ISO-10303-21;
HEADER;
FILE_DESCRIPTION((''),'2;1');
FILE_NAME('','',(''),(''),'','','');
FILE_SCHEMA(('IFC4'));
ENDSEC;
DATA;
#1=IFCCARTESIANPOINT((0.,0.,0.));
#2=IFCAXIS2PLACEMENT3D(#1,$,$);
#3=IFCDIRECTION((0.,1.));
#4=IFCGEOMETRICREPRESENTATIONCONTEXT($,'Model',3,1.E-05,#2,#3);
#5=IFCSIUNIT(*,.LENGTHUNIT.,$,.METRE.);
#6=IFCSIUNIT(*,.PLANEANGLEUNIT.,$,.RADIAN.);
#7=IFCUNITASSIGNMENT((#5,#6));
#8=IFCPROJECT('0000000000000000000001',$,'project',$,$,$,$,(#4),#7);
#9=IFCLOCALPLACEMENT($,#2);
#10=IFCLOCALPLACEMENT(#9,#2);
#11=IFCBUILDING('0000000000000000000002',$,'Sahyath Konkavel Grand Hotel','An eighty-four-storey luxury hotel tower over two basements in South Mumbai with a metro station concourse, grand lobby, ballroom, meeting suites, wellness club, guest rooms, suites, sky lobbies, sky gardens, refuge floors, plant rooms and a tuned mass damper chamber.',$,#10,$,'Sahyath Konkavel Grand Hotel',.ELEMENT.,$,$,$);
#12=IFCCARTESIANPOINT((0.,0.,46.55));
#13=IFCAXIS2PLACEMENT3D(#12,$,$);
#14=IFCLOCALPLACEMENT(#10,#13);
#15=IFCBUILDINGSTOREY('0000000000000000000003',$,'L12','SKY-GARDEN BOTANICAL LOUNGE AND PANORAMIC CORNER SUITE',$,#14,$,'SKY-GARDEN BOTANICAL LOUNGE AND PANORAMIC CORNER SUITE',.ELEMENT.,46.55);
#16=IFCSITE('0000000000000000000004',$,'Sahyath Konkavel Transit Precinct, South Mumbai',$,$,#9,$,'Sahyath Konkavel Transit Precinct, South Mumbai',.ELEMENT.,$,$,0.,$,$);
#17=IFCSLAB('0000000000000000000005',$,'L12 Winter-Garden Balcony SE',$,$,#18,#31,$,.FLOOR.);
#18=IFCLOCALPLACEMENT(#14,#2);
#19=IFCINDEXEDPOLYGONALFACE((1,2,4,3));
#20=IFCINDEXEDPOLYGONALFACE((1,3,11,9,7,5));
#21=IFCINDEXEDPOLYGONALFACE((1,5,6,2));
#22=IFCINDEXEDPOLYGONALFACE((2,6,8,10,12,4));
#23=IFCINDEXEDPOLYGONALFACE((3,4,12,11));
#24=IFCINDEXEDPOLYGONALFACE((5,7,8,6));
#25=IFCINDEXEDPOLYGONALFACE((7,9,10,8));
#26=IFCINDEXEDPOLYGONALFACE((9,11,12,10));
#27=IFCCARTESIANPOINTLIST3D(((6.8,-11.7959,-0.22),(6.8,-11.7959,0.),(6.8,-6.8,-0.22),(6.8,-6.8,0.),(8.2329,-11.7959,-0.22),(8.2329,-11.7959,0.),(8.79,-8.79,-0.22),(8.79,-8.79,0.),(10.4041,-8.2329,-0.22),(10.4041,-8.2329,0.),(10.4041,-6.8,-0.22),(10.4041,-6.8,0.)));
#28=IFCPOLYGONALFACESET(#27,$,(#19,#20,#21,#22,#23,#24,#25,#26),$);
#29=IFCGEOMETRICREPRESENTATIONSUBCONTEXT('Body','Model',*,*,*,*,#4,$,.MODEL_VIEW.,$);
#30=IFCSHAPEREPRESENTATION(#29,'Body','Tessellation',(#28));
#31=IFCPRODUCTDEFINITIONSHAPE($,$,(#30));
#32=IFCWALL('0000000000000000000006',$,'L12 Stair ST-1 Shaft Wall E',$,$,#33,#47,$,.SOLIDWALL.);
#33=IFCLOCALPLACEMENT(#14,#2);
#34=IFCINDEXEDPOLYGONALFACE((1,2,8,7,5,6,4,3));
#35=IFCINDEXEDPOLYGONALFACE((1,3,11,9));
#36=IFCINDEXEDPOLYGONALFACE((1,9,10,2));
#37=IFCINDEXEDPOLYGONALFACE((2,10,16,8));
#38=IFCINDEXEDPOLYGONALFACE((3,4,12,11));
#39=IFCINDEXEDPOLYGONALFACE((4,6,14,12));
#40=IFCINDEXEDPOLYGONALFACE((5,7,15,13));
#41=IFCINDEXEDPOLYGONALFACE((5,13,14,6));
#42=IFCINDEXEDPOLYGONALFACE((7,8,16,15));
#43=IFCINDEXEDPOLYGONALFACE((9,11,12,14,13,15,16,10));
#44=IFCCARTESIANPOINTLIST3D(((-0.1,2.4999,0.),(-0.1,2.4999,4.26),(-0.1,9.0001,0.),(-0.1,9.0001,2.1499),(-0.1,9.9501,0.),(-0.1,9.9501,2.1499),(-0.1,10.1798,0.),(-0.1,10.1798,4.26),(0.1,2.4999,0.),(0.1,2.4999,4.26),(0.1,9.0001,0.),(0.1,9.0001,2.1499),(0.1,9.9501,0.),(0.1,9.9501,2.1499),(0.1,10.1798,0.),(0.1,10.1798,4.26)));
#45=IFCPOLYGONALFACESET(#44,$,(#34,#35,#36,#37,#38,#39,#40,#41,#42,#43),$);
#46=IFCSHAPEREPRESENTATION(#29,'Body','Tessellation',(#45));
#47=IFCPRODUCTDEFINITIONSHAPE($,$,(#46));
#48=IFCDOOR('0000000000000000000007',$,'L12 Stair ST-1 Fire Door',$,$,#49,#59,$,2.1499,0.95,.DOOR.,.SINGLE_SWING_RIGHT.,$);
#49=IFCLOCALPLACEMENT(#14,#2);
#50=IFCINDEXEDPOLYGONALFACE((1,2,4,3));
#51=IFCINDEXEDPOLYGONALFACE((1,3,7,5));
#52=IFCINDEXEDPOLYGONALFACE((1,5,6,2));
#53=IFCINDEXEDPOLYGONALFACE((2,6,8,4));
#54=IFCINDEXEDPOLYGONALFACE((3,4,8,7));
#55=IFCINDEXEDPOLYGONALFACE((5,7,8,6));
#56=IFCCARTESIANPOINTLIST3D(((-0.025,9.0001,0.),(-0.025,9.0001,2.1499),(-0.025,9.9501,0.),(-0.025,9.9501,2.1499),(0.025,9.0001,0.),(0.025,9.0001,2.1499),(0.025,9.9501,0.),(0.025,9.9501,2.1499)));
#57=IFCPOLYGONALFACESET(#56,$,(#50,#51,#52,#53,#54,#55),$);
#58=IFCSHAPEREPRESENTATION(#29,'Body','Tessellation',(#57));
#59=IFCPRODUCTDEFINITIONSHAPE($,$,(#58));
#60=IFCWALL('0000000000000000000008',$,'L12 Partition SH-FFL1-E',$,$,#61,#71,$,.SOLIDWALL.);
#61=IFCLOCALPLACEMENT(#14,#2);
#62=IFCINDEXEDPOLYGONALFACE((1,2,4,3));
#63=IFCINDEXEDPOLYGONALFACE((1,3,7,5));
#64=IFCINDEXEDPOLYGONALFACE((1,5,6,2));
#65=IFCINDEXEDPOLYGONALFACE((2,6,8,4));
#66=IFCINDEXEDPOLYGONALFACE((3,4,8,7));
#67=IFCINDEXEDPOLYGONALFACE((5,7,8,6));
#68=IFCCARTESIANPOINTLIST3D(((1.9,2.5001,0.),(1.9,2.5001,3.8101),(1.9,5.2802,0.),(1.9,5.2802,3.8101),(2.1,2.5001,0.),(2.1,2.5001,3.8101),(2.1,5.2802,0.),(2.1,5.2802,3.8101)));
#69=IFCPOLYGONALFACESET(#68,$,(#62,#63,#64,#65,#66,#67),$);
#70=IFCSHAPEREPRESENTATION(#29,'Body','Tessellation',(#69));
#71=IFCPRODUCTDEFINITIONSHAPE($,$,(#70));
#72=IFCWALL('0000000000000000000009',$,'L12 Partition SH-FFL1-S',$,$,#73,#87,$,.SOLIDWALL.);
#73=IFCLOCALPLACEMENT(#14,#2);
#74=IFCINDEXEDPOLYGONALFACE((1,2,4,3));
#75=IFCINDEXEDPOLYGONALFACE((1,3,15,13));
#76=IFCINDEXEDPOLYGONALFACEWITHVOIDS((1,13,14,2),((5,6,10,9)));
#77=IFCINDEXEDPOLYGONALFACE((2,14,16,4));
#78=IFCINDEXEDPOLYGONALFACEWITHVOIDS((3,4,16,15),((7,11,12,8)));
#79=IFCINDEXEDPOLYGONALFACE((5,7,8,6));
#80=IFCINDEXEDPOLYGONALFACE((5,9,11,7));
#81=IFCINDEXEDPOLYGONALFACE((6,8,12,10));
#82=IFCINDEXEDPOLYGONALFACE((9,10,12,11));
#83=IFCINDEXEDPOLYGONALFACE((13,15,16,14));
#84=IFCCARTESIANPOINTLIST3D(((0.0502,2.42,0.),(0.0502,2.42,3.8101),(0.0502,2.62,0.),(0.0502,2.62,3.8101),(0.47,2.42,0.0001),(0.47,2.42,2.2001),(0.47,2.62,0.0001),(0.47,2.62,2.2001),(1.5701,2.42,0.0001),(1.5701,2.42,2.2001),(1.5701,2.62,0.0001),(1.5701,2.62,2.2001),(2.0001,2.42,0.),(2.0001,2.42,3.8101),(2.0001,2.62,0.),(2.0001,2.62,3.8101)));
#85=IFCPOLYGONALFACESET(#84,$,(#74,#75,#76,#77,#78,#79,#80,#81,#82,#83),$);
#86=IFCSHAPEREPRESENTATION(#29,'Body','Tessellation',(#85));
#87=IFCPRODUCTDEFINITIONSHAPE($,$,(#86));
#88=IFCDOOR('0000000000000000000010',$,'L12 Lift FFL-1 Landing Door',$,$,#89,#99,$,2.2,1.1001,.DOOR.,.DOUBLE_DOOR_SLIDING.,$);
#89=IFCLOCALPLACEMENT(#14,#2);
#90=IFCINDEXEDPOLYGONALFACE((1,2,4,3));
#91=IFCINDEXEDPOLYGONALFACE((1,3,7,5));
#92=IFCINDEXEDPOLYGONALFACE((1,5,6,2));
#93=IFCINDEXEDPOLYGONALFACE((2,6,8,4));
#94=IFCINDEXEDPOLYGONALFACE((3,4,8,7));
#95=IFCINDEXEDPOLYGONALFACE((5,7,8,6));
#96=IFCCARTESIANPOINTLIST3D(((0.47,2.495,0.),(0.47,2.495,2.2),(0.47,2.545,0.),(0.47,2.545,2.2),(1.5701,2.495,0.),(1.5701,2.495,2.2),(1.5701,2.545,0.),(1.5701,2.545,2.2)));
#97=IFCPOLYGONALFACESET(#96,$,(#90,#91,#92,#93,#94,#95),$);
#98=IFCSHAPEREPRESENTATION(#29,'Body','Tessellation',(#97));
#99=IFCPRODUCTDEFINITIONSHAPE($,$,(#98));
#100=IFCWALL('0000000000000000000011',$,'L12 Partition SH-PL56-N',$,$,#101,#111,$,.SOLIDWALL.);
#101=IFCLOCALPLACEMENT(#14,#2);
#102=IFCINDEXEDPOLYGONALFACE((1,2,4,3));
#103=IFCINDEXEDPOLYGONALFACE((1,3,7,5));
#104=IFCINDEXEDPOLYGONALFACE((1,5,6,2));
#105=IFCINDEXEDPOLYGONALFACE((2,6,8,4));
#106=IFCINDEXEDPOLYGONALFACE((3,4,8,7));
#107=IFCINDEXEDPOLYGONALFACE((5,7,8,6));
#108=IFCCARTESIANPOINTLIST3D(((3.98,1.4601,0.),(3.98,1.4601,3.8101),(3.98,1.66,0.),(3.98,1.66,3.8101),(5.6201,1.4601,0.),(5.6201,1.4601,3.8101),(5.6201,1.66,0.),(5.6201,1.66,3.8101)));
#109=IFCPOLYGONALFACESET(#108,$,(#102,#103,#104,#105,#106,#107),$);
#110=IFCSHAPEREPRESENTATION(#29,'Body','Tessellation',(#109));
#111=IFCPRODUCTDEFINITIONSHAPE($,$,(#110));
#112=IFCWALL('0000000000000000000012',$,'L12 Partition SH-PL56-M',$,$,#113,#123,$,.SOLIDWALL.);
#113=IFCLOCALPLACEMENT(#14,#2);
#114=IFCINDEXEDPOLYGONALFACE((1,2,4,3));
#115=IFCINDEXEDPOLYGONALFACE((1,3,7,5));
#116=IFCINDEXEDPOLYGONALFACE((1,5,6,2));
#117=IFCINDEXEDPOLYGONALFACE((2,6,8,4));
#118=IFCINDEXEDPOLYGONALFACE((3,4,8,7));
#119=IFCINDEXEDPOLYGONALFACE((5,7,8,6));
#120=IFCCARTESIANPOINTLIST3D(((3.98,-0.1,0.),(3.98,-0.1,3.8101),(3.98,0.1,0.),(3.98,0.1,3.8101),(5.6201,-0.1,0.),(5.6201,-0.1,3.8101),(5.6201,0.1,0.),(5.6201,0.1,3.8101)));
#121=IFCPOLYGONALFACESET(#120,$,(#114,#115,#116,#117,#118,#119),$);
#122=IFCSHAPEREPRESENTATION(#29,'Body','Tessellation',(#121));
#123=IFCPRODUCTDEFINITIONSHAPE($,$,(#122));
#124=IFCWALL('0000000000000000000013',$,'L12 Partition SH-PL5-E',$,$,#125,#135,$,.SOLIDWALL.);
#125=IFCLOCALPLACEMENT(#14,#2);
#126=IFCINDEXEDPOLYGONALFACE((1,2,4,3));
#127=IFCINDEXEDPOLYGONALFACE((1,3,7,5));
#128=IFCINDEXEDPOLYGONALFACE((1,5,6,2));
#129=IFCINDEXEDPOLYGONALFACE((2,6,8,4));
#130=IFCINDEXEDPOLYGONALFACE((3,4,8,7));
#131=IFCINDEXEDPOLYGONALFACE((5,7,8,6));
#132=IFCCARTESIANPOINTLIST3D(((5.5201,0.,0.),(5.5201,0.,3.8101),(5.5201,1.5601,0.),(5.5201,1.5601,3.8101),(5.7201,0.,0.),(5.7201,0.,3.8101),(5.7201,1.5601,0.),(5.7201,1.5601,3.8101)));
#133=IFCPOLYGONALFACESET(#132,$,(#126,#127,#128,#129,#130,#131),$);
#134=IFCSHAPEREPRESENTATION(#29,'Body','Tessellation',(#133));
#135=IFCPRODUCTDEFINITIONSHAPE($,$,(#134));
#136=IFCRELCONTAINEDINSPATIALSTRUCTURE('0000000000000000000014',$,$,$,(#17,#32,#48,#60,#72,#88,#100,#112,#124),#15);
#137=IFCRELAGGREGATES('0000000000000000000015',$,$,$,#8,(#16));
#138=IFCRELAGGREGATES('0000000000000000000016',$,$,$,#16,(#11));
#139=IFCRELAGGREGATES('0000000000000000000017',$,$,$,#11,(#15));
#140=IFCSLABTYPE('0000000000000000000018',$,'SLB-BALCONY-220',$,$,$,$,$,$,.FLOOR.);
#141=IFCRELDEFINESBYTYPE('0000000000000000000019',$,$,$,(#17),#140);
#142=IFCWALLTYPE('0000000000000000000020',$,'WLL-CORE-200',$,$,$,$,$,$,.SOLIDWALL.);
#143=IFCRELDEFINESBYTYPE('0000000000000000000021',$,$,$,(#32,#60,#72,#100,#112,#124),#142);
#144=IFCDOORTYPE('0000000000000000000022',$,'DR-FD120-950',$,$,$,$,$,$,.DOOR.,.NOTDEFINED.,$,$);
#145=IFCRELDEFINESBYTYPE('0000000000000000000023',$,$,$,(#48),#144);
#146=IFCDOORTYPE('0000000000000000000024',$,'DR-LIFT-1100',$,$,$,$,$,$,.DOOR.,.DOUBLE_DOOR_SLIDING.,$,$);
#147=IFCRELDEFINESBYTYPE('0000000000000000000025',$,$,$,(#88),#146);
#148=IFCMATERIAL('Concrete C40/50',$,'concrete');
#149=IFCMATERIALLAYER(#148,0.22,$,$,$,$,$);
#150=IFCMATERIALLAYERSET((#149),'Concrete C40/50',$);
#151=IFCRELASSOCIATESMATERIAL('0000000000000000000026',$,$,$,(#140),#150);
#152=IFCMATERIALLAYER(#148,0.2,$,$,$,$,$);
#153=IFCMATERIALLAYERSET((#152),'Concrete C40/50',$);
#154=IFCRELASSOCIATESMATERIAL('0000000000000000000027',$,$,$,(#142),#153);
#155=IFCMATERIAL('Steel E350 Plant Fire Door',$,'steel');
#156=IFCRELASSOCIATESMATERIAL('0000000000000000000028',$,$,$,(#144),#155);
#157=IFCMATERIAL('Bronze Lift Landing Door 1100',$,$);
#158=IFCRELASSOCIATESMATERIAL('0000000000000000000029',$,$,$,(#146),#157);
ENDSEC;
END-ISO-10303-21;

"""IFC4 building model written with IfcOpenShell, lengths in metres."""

from ifc_helpers import new_model, si_unit, direction, frame, frame_2d, origin, origin_2d, place, context, subcontext, project, spatial, polyline, rectangle, outline, extrude, source, transform, mapped, material, layer, layer_set, type_object, element, fill, save


model = new_model("IFC4")

# Units and contexts
model_context = context("Model", 3, precision=1e-05, world=origin(), true_north=direction((0.0, 1.0)))
body_context = subcontext(model_context, "Body", "Model", "MODEL_VIEW")
ifc_project = project(units=[si_unit("LENGTHUNIT", "METRE"), si_unit("PLANEANGLEUNIT", "RADIAN")], contexts=[model_context])

# Site, building, storey
site_placement = place(None, origin())
site = spatial("IfcSite", under=ifc_project, at=site_placement, Name="Sahyath Konkavel Transit Precinct, South Mumbai", LongName="Sahyath Konkavel Transit Precinct, South Mumbai", CompositionType="ELEMENT", RefElevation=0.0)
building_placement = place(site_placement, origin())
building = spatial("IfcBuilding", under=site, at=building_placement, Name="Sahyath Konkavel Grand Hotel", Description="An eighty-four-storey luxury hotel tower over two basements in South Mumbai with a metro station concourse, grand lobby, ballroom, meeting suites, wellness club, guest rooms, suites, sky lobbies, sky gardens, refuge floors, plant rooms and a tuned mass damper chamber.", LongName="Sahyath Konkavel Grand Hotel", CompositionType="ELEMENT")
storey_placement = place(building_placement, frame((0.0, 0.0, 46.55)))
storey = spatial("IfcBuildingStorey", under=building, at=storey_placement, Name="L12", Description="SKY-GARDEN BOTANICAL LOUNGE AND PANORAMIC CORNER SUITE", LongName="SKY-GARDEN BOTANICAL LOUNGE AND PANORAMIC CORNER SUITE", CompositionType="ELEMENT", Elevation=46.55)

# Slab
ifc_material_1 = material(Name="Concrete C40/50", Category="concrete")
ifc_layer_1 = layer(ifc_material_1, 0.22)
ifc_layer_set_1 = layer_set([ifc_layer_1], Name="Concrete C40/50")
slab_type = type_object("IfcSlabType", Name="SLB-BALCONY-220", PredefinedType="FLOOR", material=ifc_layer_set_1)
slab_placement = place(storey_placement, frame((0.0, 0.0, -0.22)))
element("IfcSlab", 1, at=slab_placement, inside=storey, type_object=slab_type, Name="L12 Winter-Garden Balcony SE", PredefinedType="FLOOR", context=body_context, shape_type="SweptSolid", body=[
    extrude(outline(polyline([(6.8, -6.8), (6.8, -11.7959), (8.2329, -11.7959), (8.79, -8.79), (10.4041, -8.2329), (10.4041, -6.8), (6.8, -6.8)])), origin(), (0.0, 0.0, 1.0), 0.22),
])

# Wall, opening, door
ifc_layer_2 = layer(ifc_material_1, 0.2)
ifc_layer_set_2 = layer_set([ifc_layer_2], Name="Concrete C40/50")
wall_type = type_object("IfcWallType", Name="WLL-CORE-200", PredefinedType="SOLIDWALL", material=ifc_layer_set_2)
wall_1_placement = place(storey_placement, frame((0.0, 2.5, 0.0), z_axis=(0.0, 0.0, 1.0), x_axis=(0.0, 1.0, 0.0)))
wall_1 = element("IfcWall", 2, at=wall_1_placement, inside=storey, type_object=wall_type, Name="L12 Stair ST-1 Shaft Wall E", PredefinedType="SOLIDWALL", context=body_context, shape_type="SweptSolid", body=[
    extrude(rectangle(XDim=7.6799, YDim=0.2, at=frame_2d((3.8398, 0.0))), origin(), (0.0, 0.0, 1.0), 4.26),
])
opening_1_placement = place(wall_1_placement, frame((6.5, 0.0, 0.0)))
opening_1 = element("IfcOpeningElement", 3, at=opening_1_placement, cuts=wall_1, PredefinedType="OPENING", context=body_context, shape_type="SweptSolid", body=[
    extrude(rectangle(XDim=0.95, YDim=2.1499, at=frame_2d((0.4751, 1.075))), frame((0.0, 0.1099, 0.0), z_axis=(0.0, -1.0, 0.0), x_axis=(1.0, 0.0, 0.0)), (0.0, 0.0, 1.0), 0.22),
])
ifc_material_2 = material(Name="Steel E350 Plant Fire Door", Category="steel")
door_type_1 = type_object("IfcDoorType", Name="DR-FD120-950", OperationType="NOTDEFINED", PredefinedType="DOOR", material=ifc_material_2)
shared_shape_1 = source(origin(), body_context, "Body", "SweptSolid", [
    extrude(rectangle(XDim=0.95, YDim=0.05, at=origin_2d()), origin(), (0.0, 0.0, 1.0), 2.1499),
])
door_1_placement = place(opening_1_placement, frame((0.4751, 0.0, 0.0)))
door_1 = element("IfcDoor", 4, at=door_1_placement, inside=storey, type_object=door_type_1, Name="L12 Stair ST-1 Fire Door", OperationType="SINGLE_SWING_RIGHT", OverallHeight=2.1499, OverallWidth=0.95, PredefinedType="DOOR", context=body_context, shape_type="MappedRepresentation", body=[
    mapped(shared_shape_1, transform((0.0, 0.0, 0.0), scale=1.0)),
])
fill(opening_1, door_1)

# Wall
wall_2_placement = place(storey_placement, frame((2.0, 2.5, 0.0), z_axis=(0.0, 0.0, 1.0), x_axis=(0.0, 1.0, 0.0)))
element("IfcWall", 5, at=wall_2_placement, inside=storey, type_object=wall_type, Name="L12 Partition SH-FFL1-E", PredefinedType="SOLIDWALL", context=body_context, shape_type="SweptSolid", body=[
    extrude(rectangle(XDim=2.78, YDim=0.2, at=frame_2d((1.3901, 0.0))), origin(), (0.0, 0.0, 1.0), 3.8101),
])

# Wall, opening, door
wall_3_placement = place(storey_placement, frame((0.05, 2.52, 0.0), z_axis=(0.0, 0.0, 1.0), x_axis=(1.0, 0.0, 0.0)))
wall_3 = element("IfcWall", 6, at=wall_3_placement, inside=storey, type_object=wall_type, Name="L12 Partition SH-FFL1-S", PredefinedType="SOLIDWALL", context=body_context, shape_type="SweptSolid", body=[
    extrude(rectangle(XDim=1.95, YDim=0.2, at=frame_2d((0.9751, 0.0))), origin(), (0.0, 0.0, 1.0), 3.8101),
])
opening_2_placement = place(wall_3_placement, frame((0.4199, 0.0, 0.0)))
opening_2 = element("IfcOpeningElement", 7, at=opening_2_placement, cuts=wall_3, PredefinedType="OPENING", context=body_context, shape_type="SweptSolid", body=[
    extrude(rectangle(XDim=1.1001, YDim=2.2, at=frame_2d((0.55, 1.1001))), frame((0.0, 0.1099, 0.0), z_axis=(0.0, -1.0, 0.0), x_axis=(1.0, 0.0, 0.0)), (0.0, 0.0, 1.0), 0.22),
])
ifc_material_3 = material(Name="Bronze Lift Landing Door 1100")
door_type_2 = type_object("IfcDoorType", Name="DR-LIFT-1100", OperationType="DOUBLE_DOOR_SLIDING", PredefinedType="DOOR", material=ifc_material_3)
shared_shape_2 = source(origin(), body_context, "Body", "SweptSolid", [
    extrude(rectangle(XDim=1.1001, YDim=0.05, at=origin_2d()), origin(), (0.0, 0.0, 1.0), 2.2),
])
door_2_placement = place(opening_2_placement, frame((0.55, 0.0, 0.0)))
door_2 = element("IfcDoor", 8, at=door_2_placement, inside=storey, type_object=door_type_2, Name="L12 Lift FFL-1 Landing Door", OperationType="DOUBLE_DOOR_SLIDING", OverallHeight=2.2, OverallWidth=1.1001, PredefinedType="DOOR", context=body_context, shape_type="MappedRepresentation", body=[
    mapped(shared_shape_2, transform((0.0, 0.0, 0.0), scale=1.0)),
])
fill(opening_2, door_2)

# Walls
for number, where, z_axis, x_axis, name in (
    (9, (3.98, 1.5601, 0.0), (0.0, 0.0, 1.0), (1.0, 0.0, 0.0), "L12 Partition SH-PL56-N"),
    (10, (3.98, 0.0, 0.0), (0.0, 0.0, 1.0), (1.0, 0.0, 0.0), "L12 Partition SH-PL56-M"),
):
    element("IfcWall", number, at=place(storey_placement, frame(where, z_axis=z_axis, x_axis=x_axis)), inside=storey, type_object=wall_type, Name=name, PredefinedType="SOLIDWALL", context=body_context, shape_type="SweptSolid", body=[
        extrude(rectangle(XDim=1.6401, YDim=0.2, at=frame_2d((0.8201, 0.0))), origin(), (0.0, 0.0, 1.0), 3.8101),
    ])
wall_4_placement = place(storey_placement, frame((5.6201, 0.0, 0.0), z_axis=(0.0, 0.0, 1.0), x_axis=(0.0, 1.0, 0.0)))
element("IfcWall", 11, at=wall_4_placement, inside=storey, type_object=wall_type, Name="L12 Partition SH-PL5-E", PredefinedType="SOLIDWALL", context=body_context, shape_type="SweptSolid", body=[
    extrude(rectangle(XDim=1.5601, YDim=0.2, at=frame_2d((0.78, 0.0))), origin(), (0.0, 0.0, 1.0), 3.8101),
])

save(model, "model.ifc")
